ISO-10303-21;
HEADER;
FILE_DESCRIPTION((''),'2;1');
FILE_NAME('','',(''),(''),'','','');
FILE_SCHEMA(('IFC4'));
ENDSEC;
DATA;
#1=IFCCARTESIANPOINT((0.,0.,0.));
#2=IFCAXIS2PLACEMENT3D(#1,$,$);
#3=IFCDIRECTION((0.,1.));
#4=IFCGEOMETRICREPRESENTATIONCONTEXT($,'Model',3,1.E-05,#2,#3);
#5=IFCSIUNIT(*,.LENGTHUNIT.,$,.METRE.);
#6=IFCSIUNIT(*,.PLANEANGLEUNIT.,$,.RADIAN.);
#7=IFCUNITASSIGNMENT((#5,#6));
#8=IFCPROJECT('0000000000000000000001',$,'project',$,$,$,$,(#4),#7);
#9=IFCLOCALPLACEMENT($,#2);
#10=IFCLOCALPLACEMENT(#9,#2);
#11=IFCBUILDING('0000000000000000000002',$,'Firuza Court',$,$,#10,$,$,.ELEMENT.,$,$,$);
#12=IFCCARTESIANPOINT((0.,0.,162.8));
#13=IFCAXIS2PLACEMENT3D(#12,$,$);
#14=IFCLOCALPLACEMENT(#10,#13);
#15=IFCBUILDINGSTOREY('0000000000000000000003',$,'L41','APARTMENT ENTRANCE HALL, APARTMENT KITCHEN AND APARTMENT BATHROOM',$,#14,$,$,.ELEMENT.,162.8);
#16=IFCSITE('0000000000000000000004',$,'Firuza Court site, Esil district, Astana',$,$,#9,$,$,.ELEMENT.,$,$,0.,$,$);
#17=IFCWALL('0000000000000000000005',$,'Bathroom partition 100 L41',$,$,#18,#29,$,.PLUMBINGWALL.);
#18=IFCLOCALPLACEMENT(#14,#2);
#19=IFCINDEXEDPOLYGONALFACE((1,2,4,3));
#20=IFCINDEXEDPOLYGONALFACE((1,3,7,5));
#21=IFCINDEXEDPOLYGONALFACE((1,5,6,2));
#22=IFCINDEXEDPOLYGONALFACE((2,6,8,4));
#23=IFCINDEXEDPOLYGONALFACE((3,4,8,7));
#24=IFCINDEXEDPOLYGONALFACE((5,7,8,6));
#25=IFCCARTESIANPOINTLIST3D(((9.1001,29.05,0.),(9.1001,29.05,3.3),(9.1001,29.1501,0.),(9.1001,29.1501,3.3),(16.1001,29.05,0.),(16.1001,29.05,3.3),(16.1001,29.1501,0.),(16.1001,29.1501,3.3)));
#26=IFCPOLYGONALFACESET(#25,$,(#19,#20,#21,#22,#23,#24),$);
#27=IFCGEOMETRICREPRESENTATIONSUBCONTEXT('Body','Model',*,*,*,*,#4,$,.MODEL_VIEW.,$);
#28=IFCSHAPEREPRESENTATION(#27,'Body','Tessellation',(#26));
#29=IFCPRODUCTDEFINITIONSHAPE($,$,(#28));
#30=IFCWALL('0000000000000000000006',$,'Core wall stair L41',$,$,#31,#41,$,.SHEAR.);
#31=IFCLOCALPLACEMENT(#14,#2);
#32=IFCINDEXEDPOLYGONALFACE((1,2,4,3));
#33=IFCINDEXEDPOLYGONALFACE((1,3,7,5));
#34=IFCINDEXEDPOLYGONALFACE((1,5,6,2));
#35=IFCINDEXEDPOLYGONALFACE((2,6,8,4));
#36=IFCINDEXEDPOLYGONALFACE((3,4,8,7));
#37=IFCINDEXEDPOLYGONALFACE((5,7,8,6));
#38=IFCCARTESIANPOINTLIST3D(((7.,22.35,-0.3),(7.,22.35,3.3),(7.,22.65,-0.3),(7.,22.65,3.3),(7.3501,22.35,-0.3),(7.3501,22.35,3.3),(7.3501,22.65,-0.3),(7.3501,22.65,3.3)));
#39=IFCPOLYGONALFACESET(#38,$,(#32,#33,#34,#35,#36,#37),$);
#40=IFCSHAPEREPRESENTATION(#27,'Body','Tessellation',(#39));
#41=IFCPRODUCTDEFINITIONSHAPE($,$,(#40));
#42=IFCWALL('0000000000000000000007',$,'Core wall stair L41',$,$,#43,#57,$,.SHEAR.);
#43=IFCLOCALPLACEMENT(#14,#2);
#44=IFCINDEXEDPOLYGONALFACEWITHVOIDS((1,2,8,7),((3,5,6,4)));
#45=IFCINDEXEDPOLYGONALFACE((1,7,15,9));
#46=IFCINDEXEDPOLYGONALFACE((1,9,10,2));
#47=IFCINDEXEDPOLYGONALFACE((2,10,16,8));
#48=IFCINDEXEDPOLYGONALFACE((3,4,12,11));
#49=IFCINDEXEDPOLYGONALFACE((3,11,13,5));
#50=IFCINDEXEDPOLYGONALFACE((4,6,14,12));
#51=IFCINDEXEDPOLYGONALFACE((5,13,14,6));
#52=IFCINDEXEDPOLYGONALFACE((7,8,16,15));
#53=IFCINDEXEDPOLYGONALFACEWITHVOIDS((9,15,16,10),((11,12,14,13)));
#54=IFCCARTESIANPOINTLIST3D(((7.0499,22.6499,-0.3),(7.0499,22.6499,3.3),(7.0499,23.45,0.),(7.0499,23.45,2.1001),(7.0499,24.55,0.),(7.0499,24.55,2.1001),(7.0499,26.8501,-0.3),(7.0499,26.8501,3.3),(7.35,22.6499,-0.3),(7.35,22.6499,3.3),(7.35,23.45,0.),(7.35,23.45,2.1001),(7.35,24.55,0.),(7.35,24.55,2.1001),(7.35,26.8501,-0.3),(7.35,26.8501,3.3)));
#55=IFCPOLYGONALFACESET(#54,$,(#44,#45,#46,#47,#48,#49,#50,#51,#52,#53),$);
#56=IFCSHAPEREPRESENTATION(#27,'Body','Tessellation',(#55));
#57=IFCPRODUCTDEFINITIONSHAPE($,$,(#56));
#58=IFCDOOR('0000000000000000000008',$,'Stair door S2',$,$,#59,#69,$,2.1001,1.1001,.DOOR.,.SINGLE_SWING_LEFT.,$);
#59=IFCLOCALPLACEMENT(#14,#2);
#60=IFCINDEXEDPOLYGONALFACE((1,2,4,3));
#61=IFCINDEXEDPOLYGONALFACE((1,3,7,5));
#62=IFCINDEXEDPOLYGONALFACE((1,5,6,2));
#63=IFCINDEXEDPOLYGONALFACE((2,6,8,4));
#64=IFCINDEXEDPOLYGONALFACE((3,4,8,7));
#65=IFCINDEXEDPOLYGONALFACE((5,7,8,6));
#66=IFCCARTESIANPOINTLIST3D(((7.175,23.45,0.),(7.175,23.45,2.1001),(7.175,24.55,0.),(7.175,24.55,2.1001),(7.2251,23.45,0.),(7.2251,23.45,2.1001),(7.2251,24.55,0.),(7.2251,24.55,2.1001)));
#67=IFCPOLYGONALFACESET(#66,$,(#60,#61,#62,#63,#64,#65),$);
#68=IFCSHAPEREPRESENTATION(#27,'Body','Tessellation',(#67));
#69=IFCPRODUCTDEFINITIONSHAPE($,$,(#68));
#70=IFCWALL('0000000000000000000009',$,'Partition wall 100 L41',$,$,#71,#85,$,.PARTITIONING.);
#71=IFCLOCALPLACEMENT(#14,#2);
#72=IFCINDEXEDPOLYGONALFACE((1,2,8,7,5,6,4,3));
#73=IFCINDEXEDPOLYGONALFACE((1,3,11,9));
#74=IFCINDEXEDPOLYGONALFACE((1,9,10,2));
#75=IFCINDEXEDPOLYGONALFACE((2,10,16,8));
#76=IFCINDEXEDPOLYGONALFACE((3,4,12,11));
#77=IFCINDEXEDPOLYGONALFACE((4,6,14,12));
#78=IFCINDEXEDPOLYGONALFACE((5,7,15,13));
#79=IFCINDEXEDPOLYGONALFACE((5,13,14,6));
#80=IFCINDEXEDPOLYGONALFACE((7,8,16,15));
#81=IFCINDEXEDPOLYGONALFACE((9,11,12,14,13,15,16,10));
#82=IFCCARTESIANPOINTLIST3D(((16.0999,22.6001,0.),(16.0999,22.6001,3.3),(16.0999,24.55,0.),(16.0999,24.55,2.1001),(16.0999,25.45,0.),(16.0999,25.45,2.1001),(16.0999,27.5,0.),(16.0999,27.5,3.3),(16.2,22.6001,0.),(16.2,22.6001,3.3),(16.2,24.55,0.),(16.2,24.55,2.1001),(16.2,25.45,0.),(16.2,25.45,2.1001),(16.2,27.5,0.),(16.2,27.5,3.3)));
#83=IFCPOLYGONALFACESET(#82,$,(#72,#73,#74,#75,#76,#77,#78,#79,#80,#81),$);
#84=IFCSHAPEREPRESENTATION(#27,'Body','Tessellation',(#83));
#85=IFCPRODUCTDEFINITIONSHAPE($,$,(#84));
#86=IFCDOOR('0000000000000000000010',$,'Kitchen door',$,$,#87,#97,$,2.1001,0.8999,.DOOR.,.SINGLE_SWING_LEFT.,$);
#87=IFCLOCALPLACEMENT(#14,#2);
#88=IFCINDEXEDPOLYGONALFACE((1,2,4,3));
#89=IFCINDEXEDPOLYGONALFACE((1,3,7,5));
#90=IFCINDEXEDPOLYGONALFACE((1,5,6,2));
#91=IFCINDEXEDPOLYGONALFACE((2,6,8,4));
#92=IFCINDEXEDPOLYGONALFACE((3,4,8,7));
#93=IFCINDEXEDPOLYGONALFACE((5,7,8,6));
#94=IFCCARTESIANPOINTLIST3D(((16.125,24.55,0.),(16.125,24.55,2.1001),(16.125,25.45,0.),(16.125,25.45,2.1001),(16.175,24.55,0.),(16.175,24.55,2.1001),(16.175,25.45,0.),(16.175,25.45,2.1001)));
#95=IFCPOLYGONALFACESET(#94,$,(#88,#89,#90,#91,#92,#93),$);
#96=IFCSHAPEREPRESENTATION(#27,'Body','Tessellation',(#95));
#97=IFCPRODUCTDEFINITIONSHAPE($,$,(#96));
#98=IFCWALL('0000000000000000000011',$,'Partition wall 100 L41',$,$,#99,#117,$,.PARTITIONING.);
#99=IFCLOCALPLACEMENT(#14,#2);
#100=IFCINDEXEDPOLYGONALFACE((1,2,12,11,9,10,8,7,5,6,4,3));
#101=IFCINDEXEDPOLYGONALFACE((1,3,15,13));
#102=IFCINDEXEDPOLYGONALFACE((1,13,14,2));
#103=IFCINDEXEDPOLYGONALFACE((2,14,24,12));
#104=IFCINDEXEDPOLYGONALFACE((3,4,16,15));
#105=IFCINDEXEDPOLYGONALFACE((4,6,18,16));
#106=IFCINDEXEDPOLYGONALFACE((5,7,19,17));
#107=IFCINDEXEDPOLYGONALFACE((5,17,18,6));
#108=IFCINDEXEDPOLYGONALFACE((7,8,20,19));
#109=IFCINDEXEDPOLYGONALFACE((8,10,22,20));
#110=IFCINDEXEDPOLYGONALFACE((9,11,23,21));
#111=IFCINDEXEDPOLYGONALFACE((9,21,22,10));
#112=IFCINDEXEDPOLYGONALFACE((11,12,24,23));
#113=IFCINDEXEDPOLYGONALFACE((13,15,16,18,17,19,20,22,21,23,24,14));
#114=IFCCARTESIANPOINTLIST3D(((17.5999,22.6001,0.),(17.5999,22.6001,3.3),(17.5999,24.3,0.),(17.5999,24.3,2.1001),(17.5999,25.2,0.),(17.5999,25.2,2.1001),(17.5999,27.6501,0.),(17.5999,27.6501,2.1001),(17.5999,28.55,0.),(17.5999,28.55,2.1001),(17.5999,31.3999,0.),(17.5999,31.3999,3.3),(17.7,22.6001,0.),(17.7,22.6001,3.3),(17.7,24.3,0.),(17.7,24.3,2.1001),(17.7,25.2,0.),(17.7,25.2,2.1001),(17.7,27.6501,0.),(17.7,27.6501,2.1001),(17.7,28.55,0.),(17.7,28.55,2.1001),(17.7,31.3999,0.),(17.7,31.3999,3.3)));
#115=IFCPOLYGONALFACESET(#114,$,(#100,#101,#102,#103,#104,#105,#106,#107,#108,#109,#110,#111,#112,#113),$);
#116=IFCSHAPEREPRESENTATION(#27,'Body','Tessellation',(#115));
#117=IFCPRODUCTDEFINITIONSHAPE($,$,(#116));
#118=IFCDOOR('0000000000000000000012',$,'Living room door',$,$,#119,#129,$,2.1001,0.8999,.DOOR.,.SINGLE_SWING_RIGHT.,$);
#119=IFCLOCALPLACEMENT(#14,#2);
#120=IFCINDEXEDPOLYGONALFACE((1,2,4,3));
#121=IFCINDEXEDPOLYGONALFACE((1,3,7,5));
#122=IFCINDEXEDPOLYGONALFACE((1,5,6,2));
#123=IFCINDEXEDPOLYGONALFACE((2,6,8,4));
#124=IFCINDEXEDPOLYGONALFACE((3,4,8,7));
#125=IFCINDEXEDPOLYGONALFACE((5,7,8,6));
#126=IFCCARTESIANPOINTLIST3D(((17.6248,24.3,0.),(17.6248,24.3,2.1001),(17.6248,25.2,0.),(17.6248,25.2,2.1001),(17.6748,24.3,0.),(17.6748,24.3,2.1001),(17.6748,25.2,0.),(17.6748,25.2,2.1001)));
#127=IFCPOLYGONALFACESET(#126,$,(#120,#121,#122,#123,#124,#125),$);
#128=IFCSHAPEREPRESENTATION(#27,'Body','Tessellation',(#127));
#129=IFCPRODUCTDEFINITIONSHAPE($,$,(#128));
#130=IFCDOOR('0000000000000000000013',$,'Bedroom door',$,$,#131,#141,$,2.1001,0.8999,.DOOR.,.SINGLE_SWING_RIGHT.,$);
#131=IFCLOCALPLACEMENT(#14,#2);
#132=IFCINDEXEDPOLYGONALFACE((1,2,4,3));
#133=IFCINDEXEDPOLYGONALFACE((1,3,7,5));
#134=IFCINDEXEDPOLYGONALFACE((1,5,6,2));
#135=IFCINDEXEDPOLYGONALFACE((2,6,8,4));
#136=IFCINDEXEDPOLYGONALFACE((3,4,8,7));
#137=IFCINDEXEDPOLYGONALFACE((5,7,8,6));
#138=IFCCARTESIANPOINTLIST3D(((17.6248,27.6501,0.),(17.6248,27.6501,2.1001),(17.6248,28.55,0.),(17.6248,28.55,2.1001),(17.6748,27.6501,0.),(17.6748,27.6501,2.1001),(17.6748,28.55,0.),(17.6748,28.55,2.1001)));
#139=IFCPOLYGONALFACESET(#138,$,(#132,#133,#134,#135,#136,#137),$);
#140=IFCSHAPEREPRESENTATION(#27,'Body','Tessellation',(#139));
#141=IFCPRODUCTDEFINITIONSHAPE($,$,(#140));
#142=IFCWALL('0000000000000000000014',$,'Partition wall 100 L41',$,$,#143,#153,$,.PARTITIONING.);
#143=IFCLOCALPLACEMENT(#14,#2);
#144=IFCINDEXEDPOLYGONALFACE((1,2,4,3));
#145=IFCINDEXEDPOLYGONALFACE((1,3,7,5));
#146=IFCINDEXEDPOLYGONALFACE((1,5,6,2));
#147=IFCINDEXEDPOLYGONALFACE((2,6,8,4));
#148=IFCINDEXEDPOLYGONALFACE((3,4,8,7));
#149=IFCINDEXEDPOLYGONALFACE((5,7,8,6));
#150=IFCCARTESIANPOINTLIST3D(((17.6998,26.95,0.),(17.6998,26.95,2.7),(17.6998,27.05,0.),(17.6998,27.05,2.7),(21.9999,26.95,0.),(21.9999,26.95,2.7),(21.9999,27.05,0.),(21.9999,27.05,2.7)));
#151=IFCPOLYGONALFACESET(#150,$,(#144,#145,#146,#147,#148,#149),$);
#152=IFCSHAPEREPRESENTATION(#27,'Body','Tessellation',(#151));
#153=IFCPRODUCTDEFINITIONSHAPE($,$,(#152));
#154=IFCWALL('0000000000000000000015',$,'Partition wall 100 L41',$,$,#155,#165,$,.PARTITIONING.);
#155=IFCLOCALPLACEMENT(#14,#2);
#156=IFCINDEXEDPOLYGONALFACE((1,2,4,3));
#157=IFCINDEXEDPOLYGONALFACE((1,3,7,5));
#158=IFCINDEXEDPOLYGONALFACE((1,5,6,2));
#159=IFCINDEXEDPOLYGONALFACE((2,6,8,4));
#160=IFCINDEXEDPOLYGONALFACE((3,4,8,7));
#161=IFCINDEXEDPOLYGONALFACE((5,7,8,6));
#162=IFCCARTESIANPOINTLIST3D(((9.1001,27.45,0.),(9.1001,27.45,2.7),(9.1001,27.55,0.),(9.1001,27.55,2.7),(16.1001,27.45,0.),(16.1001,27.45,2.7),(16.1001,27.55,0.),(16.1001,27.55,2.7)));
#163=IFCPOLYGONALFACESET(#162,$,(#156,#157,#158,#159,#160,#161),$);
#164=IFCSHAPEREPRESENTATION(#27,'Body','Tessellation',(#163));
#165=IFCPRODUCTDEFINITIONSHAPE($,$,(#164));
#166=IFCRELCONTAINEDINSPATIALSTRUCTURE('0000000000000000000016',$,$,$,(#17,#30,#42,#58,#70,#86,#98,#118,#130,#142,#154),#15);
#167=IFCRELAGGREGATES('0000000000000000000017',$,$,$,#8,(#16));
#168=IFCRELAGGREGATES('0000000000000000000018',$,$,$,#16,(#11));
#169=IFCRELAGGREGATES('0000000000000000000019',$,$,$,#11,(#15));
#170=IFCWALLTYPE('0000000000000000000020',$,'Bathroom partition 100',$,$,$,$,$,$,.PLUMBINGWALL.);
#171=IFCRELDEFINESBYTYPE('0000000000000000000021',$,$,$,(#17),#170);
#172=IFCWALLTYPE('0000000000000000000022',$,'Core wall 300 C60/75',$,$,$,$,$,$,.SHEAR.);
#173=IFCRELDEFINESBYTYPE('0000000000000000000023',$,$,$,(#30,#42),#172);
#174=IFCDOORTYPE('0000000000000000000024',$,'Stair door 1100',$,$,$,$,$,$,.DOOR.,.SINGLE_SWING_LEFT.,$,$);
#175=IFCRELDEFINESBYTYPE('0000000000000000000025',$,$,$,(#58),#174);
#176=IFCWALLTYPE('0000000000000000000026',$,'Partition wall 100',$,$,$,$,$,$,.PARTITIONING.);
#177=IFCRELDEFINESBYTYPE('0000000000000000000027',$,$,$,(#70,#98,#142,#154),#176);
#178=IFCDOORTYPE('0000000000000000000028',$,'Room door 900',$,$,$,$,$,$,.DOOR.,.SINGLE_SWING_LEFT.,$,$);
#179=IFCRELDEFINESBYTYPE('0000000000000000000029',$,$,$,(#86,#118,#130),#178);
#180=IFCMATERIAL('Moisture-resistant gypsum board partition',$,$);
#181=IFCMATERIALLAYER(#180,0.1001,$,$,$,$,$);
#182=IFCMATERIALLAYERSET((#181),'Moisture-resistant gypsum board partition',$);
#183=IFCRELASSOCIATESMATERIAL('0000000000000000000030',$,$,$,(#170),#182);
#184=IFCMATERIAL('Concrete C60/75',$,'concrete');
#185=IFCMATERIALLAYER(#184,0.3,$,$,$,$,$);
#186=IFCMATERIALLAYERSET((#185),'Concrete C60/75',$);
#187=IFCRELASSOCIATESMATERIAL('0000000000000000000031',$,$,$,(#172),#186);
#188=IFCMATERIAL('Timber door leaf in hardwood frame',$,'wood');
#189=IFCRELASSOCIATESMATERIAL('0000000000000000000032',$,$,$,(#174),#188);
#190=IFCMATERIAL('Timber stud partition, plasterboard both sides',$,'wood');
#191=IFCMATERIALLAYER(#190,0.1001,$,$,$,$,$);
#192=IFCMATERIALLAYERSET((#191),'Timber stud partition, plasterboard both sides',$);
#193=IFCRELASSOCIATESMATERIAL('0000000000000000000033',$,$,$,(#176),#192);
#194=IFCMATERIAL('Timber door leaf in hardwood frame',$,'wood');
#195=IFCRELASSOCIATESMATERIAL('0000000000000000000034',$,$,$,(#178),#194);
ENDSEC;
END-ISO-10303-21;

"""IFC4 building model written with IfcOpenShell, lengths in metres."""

from ifc_helpers import new_model, si_unit, direction, frame, frame_2d, origin, place, context, subcontext, project, spatial, rectangle, extrude, material, layer, layer_set, type_object, element, fill, save


model = new_model("IFC4")

# Units and contexts
model_context = context("Model", 3, precision=1e-05, world=origin(), true_north=direction((0.0, 1.0)))
body_context = subcontext(model_context, "Body", "Model", "MODEL_VIEW")
ifc_project = project(units=[si_unit("LENGTHUNIT", "METRE"), si_unit("PLANEANGLEUNIT", "RADIAN")], contexts=[model_context])

# Site, building, storey
site_placement = place(None, origin())
site = spatial("IfcSite", under=ifc_project, at=site_placement, Name="Firuza Court site, Esil district, Astana", CompositionType="ELEMENT", RefElevation=0.0)
building_placement = place(site_placement, origin())
building = spatial("IfcBuilding", under=site, at=building_placement, Name="Firuza Court", CompositionType="ELEMENT")
storey_placement = place(building_placement, frame((0.0, 0.0, 162.8)))
storey = spatial("IfcBuildingStorey", under=building, at=storey_placement, Name="L41", Description="APARTMENT ENTRANCE HALL, APARTMENT KITCHEN AND APARTMENT BATHROOM", CompositionType="ELEMENT", Elevation=162.8)

# Walls
ifc_material_1 = material(Name="Moisture-resistant gypsum board partition")
ifc_layer_1 = layer(ifc_material_1, 0.1001)
ifc_layer_set_1 = layer_set([ifc_layer_1], Name="Moisture-resistant gypsum board partition")
wall_type_1 = type_object("IfcWallType", Name="Bathroom partition 100", PredefinedType="PLUMBINGWALL", material=ifc_layer_set_1)
wall_1_placement = place(storey_placement, frame((9.1001, 29.1001, 0.0), z_axis=(0.0, 0.0, 1.0), x_axis=(1.0, 0.0, 0.0)))
element("IfcWall", 1, at=wall_1_placement, inside=storey, type_object=wall_type_1, Name="Bathroom partition 100 L41", PredefinedType="PLUMBINGWALL", context=body_context, shape_type="SweptSolid", body=[
    extrude(rectangle(XDim=7.0, YDim=0.1001, at=frame_2d((3.5, 0.0))), origin(), (0.0, 0.0, 1.0), 3.3),
])
ifc_material_2 = material(Name="Concrete C60/75", Category="concrete")
ifc_layer_2 = layer(ifc_material_2, 0.3)
ifc_layer_set_2 = layer_set([ifc_layer_2], Name="Concrete C60/75")
wall_type_2 = type_object("IfcWallType", Name="Core wall 300 C60/75", PredefinedType="SHEAR", material=ifc_layer_set_2)
wall_2_placement = place(storey_placement, frame((7.0, 22.5, -0.3), z_axis=(0.0, 0.0, 1.0), x_axis=(1.0, 0.0, 0.0)))
element("IfcWall", 2, at=wall_2_placement, inside=storey, type_object=wall_type_2, Name="Core wall stair L41", PredefinedType="SHEAR", context=body_context, shape_type="SweptSolid", body=[
    extrude(rectangle(XDim=0.3501, YDim=0.3, at=frame_2d((0.175, 0.0))), origin(), (0.0, 0.0, 1.0), 3.6001),
])

# Walls, openings, doors
wall_3_placement = place(storey_placement, frame((7.2, 22.6499, -0.3), z_axis=(0.0, 0.0, 1.0), x_axis=(0.0, 1.0, 0.0)))
wall_3 = element("IfcWall", 3, at=wall_3_placement, inside=storey, type_object=wall_type_2, Name="Core wall stair L41", PredefinedType="SHEAR", context=body_context, shape_type="SweptSolid", body=[
    extrude(rectangle(XDim=4.2002, YDim=0.3, at=frame_2d((2.1001, 0.0))), origin(), (0.0, 0.0, 1.0), 3.6001),
])
opening_1_placement = place(wall_3_placement, frame((0.8, 0.0, 0.3)))
opening_1 = element("IfcOpeningElement", 4, at=opening_1_placement, cuts=wall_3, PredefinedType="OPENING", context=body_context, shape_type="SweptSolid", body=[
    extrude(rectangle(XDim=1.1001, YDim=2.1001, at=frame_2d((0.55, 1.05))), frame((0.0, 0.1621, 0.0), z_axis=(0.0, -1.0, 0.0), x_axis=(1.0, 0.0, 0.0)), (0.0, 0.0, 1.0), 0.324),
])
ifc_material_3 = material(Name="Timber door leaf in hardwood frame", Category="wood")
door_type_1 = type_object("IfcDoorType", Name="Stair door 1100", OperationType="SINGLE_SWING_LEFT", PredefinedType="DOOR", material=ifc_material_3)
door_1_placement = place(opening_1_placement, origin())
door_1 = element("IfcDoor", 5, at=door_1_placement, inside=storey, type_object=door_type_1, Name="Stair door S2", OperationType="SINGLE_SWING_LEFT", OverallHeight=2.1001, OverallWidth=1.1001, PredefinedType="DOOR", context=body_context, shape_type="SweptSolid", body=[
    extrude(rectangle(XDim=1.1001, YDim=2.1001, at=frame_2d((0.55, 1.05))), frame((0.0, 0.0249, 0.0), z_axis=(0.0, -1.0, 0.0), x_axis=(1.0, 0.0, 0.0)), (0.0, 0.0, 1.0), 0.05),
])
fill(opening_1, door_1)
ifc_material_4 = material(Name="Timber stud partition, plasterboard both sides", Category="wood")
ifc_layer_3 = layer(ifc_material_4, 0.1001)
ifc_layer_set_3 = layer_set([ifc_layer_3], Name="Timber stud partition, plasterboard both sides")
wall_type_3 = type_object("IfcWallType", Name="Partition wall 100", PredefinedType="PARTITIONING", material=ifc_layer_set_3)
wall_4_placement = place(storey_placement, frame((16.1499, 22.6001, 0.0), z_axis=(0.0, 0.0, 1.0), x_axis=(0.0, 1.0, 0.0)))
wall_4 = element("IfcWall", 6, at=wall_4_placement, inside=storey, type_object=wall_type_3, Name="Partition wall 100 L41", PredefinedType="PARTITIONING", context=body_context, shape_type="SweptSolid", body=[
    extrude(rectangle(XDim=4.8999, YDim=0.1001, at=frame_2d((2.45, 0.0))), origin(), (0.0, 0.0, 1.0), 3.3),
])
opening_2_placement = place(wall_4_placement, frame((1.95, 0.0, 0.0)))
opening_2 = element("IfcOpeningElement", 7, at=opening_2_placement, cuts=wall_4, PredefinedType="OPENING", context=body_context, shape_type="SweptSolid", body=[
    extrude(rectangle(XDim=0.8999, YDim=2.1001, at=frame_2d((0.45, 1.05))), frame((0.0, 0.062, 0.0), z_axis=(0.0, -1.0, 0.0), x_axis=(1.0, 0.0, 0.0)), (0.0, 0.0, 1.0), 0.124),
])
ifc_material_5 = material(Name="Timber door leaf in hardwood frame", Category="wood")
door_type_2 = type_object("IfcDoorType", Name="Room door 900", OperationType="SINGLE_SWING_LEFT", PredefinedType="DOOR", material=ifc_material_5)
door_2_placement = place(opening_2_placement, origin())
door_2 = element("IfcDoor", 8, at=door_2_placement, inside=storey, type_object=door_type_2, Name="Kitchen door", OperationType="SINGLE_SWING_LEFT", OverallHeight=2.1001, OverallWidth=0.8999, PredefinedType="DOOR", context=body_context, shape_type="SweptSolid", body=[
    extrude(rectangle(XDim=0.8999, YDim=2.1001, at=frame_2d((0.45, 1.05))), frame((0.0, 0.0249, 0.0), z_axis=(0.0, -1.0, 0.0), x_axis=(1.0, 0.0, 0.0)), (0.0, 0.0, 1.0), 0.05),
])
fill(opening_2, door_2)

# Wall, openings, doors
wall_5_placement = place(storey_placement, frame((17.6499, 22.6001, 0.0), z_axis=(0.0, 0.0, 1.0), x_axis=(0.0, 1.0, 0.0)))
wall_5 = element("IfcWall", 9, at=wall_5_placement, inside=storey, type_object=wall_type_3, Name="Partition wall 100 L41", PredefinedType="PARTITIONING", context=body_context, shape_type="SweptSolid", body=[
    extrude(rectangle(XDim=8.7998, YDim=0.1001, at=frame_2d((4.3999, 0.0))), origin(), (0.0, 0.0, 1.0), 3.3),
])
opening_3_placement = place(wall_5_placement, frame((1.7, 0.0, 0.0)))
opening_3 = element("IfcOpeningElement", 10, at=opening_3_placement, cuts=wall_5, PredefinedType="OPENING", context=body_context, shape_type="SweptSolid", body=[
    extrude(rectangle(XDim=0.8999, YDim=2.1001, at=frame_2d((0.45, 1.05))), frame((0.0, 0.062, 0.0), z_axis=(0.0, -1.0, 0.0), x_axis=(1.0, 0.0, 0.0)), (0.0, 0.0, 1.0), 0.124),
])
opening_4_placement = place(wall_5_placement, frame((5.05, 0.0, 0.0)))
opening_4 = element("IfcOpeningElement", 11, at=opening_4_placement, cuts=wall_5, PredefinedType="OPENING", context=body_context, shape_type="SweptSolid", body=[
    extrude(rectangle(XDim=0.8999, YDim=2.1001, at=frame_2d((0.45, 1.05))), frame((0.0, 0.062, 0.0), z_axis=(0.0, -1.0, 0.0), x_axis=(1.0, 0.0, 0.0)), (0.0, 0.0, 1.0), 0.124),
])
door_3_placement = place(opening_3_placement, frame((0.8999, 0.0, 0.0), z_axis=(0.0, 0.0, 1.0), x_axis=(-1.0, 0.0, 0.0)))
door_3 = element("IfcDoor", 12, at=door_3_placement, inside=storey, type_object=door_type_2, Name="Living room door", OperationType="SINGLE_SWING_RIGHT", OverallHeight=2.1001, OverallWidth=0.8999, PredefinedType="DOOR", context=body_context, shape_type="SweptSolid", body=[
    extrude(rectangle(XDim=0.8999, YDim=2.1001, at=frame_2d((0.45, 1.05))), frame((0.0, 0.0249, 0.0), z_axis=(0.0, -1.0, 0.0), x_axis=(1.0, 0.0, 0.0)), (0.0, 0.0, 1.0), 0.05),
])
fill(opening_3, door_3)
door_4_placement = place(opening_4_placement, frame((0.8999, 0.0, 0.0), z_axis=(0.0, 0.0, 1.0), x_axis=(-1.0, 0.0, 0.0)))
door_4 = element("IfcDoor", 13, at=door_4_placement, inside=storey, type_object=door_type_2, Name="Bedroom door", OperationType="SINGLE_SWING_RIGHT", OverallHeight=2.1001, OverallWidth=0.8999, PredefinedType="DOOR", context=body_context, shape_type="SweptSolid", body=[
    extrude(rectangle(XDim=0.8999, YDim=2.1001, at=frame_2d((0.45, 1.05))), frame((0.0, 0.0249, 0.0), z_axis=(0.0, -1.0, 0.0), x_axis=(1.0, 0.0, 0.0)), (0.0, 0.0, 1.0), 0.05),
])
fill(opening_4, door_4)

# Walls
wall_6_placement = place(storey_placement, frame((17.7, 27.0, 0.0), z_axis=(0.0, 0.0, 1.0), x_axis=(1.0, 0.0, 0.0)))
element("IfcWall", 14, at=wall_6_placement, inside=storey, type_object=wall_type_3, Name="Partition wall 100 L41", PredefinedType="PARTITIONING", context=body_context, shape_type="SweptSolid", body=[
    extrude(rectangle(XDim=4.3, YDim=0.1001, at=frame_2d((2.1499, 0.0))), origin(), (0.0, 0.0, 1.0), 2.7),
])
wall_7_placement = place(storey_placement, frame((9.1001, 27.5, 0.0), z_axis=(0.0, 0.0, 1.0), x_axis=(1.0, 0.0, 0.0)))
element("IfcWall", 15, at=wall_7_placement, inside=storey, type_object=wall_type_3, Name="Partition wall 100 L41", PredefinedType="PARTITIONING", context=body_context, shape_type="SweptSolid", body=[
    extrude(rectangle(XDim=7.0, YDim=0.1001, at=frame_2d((3.5, 0.0))), origin(), (0.0, 0.0, 1.0), 2.7),
])

save(model, "model.ifc")
